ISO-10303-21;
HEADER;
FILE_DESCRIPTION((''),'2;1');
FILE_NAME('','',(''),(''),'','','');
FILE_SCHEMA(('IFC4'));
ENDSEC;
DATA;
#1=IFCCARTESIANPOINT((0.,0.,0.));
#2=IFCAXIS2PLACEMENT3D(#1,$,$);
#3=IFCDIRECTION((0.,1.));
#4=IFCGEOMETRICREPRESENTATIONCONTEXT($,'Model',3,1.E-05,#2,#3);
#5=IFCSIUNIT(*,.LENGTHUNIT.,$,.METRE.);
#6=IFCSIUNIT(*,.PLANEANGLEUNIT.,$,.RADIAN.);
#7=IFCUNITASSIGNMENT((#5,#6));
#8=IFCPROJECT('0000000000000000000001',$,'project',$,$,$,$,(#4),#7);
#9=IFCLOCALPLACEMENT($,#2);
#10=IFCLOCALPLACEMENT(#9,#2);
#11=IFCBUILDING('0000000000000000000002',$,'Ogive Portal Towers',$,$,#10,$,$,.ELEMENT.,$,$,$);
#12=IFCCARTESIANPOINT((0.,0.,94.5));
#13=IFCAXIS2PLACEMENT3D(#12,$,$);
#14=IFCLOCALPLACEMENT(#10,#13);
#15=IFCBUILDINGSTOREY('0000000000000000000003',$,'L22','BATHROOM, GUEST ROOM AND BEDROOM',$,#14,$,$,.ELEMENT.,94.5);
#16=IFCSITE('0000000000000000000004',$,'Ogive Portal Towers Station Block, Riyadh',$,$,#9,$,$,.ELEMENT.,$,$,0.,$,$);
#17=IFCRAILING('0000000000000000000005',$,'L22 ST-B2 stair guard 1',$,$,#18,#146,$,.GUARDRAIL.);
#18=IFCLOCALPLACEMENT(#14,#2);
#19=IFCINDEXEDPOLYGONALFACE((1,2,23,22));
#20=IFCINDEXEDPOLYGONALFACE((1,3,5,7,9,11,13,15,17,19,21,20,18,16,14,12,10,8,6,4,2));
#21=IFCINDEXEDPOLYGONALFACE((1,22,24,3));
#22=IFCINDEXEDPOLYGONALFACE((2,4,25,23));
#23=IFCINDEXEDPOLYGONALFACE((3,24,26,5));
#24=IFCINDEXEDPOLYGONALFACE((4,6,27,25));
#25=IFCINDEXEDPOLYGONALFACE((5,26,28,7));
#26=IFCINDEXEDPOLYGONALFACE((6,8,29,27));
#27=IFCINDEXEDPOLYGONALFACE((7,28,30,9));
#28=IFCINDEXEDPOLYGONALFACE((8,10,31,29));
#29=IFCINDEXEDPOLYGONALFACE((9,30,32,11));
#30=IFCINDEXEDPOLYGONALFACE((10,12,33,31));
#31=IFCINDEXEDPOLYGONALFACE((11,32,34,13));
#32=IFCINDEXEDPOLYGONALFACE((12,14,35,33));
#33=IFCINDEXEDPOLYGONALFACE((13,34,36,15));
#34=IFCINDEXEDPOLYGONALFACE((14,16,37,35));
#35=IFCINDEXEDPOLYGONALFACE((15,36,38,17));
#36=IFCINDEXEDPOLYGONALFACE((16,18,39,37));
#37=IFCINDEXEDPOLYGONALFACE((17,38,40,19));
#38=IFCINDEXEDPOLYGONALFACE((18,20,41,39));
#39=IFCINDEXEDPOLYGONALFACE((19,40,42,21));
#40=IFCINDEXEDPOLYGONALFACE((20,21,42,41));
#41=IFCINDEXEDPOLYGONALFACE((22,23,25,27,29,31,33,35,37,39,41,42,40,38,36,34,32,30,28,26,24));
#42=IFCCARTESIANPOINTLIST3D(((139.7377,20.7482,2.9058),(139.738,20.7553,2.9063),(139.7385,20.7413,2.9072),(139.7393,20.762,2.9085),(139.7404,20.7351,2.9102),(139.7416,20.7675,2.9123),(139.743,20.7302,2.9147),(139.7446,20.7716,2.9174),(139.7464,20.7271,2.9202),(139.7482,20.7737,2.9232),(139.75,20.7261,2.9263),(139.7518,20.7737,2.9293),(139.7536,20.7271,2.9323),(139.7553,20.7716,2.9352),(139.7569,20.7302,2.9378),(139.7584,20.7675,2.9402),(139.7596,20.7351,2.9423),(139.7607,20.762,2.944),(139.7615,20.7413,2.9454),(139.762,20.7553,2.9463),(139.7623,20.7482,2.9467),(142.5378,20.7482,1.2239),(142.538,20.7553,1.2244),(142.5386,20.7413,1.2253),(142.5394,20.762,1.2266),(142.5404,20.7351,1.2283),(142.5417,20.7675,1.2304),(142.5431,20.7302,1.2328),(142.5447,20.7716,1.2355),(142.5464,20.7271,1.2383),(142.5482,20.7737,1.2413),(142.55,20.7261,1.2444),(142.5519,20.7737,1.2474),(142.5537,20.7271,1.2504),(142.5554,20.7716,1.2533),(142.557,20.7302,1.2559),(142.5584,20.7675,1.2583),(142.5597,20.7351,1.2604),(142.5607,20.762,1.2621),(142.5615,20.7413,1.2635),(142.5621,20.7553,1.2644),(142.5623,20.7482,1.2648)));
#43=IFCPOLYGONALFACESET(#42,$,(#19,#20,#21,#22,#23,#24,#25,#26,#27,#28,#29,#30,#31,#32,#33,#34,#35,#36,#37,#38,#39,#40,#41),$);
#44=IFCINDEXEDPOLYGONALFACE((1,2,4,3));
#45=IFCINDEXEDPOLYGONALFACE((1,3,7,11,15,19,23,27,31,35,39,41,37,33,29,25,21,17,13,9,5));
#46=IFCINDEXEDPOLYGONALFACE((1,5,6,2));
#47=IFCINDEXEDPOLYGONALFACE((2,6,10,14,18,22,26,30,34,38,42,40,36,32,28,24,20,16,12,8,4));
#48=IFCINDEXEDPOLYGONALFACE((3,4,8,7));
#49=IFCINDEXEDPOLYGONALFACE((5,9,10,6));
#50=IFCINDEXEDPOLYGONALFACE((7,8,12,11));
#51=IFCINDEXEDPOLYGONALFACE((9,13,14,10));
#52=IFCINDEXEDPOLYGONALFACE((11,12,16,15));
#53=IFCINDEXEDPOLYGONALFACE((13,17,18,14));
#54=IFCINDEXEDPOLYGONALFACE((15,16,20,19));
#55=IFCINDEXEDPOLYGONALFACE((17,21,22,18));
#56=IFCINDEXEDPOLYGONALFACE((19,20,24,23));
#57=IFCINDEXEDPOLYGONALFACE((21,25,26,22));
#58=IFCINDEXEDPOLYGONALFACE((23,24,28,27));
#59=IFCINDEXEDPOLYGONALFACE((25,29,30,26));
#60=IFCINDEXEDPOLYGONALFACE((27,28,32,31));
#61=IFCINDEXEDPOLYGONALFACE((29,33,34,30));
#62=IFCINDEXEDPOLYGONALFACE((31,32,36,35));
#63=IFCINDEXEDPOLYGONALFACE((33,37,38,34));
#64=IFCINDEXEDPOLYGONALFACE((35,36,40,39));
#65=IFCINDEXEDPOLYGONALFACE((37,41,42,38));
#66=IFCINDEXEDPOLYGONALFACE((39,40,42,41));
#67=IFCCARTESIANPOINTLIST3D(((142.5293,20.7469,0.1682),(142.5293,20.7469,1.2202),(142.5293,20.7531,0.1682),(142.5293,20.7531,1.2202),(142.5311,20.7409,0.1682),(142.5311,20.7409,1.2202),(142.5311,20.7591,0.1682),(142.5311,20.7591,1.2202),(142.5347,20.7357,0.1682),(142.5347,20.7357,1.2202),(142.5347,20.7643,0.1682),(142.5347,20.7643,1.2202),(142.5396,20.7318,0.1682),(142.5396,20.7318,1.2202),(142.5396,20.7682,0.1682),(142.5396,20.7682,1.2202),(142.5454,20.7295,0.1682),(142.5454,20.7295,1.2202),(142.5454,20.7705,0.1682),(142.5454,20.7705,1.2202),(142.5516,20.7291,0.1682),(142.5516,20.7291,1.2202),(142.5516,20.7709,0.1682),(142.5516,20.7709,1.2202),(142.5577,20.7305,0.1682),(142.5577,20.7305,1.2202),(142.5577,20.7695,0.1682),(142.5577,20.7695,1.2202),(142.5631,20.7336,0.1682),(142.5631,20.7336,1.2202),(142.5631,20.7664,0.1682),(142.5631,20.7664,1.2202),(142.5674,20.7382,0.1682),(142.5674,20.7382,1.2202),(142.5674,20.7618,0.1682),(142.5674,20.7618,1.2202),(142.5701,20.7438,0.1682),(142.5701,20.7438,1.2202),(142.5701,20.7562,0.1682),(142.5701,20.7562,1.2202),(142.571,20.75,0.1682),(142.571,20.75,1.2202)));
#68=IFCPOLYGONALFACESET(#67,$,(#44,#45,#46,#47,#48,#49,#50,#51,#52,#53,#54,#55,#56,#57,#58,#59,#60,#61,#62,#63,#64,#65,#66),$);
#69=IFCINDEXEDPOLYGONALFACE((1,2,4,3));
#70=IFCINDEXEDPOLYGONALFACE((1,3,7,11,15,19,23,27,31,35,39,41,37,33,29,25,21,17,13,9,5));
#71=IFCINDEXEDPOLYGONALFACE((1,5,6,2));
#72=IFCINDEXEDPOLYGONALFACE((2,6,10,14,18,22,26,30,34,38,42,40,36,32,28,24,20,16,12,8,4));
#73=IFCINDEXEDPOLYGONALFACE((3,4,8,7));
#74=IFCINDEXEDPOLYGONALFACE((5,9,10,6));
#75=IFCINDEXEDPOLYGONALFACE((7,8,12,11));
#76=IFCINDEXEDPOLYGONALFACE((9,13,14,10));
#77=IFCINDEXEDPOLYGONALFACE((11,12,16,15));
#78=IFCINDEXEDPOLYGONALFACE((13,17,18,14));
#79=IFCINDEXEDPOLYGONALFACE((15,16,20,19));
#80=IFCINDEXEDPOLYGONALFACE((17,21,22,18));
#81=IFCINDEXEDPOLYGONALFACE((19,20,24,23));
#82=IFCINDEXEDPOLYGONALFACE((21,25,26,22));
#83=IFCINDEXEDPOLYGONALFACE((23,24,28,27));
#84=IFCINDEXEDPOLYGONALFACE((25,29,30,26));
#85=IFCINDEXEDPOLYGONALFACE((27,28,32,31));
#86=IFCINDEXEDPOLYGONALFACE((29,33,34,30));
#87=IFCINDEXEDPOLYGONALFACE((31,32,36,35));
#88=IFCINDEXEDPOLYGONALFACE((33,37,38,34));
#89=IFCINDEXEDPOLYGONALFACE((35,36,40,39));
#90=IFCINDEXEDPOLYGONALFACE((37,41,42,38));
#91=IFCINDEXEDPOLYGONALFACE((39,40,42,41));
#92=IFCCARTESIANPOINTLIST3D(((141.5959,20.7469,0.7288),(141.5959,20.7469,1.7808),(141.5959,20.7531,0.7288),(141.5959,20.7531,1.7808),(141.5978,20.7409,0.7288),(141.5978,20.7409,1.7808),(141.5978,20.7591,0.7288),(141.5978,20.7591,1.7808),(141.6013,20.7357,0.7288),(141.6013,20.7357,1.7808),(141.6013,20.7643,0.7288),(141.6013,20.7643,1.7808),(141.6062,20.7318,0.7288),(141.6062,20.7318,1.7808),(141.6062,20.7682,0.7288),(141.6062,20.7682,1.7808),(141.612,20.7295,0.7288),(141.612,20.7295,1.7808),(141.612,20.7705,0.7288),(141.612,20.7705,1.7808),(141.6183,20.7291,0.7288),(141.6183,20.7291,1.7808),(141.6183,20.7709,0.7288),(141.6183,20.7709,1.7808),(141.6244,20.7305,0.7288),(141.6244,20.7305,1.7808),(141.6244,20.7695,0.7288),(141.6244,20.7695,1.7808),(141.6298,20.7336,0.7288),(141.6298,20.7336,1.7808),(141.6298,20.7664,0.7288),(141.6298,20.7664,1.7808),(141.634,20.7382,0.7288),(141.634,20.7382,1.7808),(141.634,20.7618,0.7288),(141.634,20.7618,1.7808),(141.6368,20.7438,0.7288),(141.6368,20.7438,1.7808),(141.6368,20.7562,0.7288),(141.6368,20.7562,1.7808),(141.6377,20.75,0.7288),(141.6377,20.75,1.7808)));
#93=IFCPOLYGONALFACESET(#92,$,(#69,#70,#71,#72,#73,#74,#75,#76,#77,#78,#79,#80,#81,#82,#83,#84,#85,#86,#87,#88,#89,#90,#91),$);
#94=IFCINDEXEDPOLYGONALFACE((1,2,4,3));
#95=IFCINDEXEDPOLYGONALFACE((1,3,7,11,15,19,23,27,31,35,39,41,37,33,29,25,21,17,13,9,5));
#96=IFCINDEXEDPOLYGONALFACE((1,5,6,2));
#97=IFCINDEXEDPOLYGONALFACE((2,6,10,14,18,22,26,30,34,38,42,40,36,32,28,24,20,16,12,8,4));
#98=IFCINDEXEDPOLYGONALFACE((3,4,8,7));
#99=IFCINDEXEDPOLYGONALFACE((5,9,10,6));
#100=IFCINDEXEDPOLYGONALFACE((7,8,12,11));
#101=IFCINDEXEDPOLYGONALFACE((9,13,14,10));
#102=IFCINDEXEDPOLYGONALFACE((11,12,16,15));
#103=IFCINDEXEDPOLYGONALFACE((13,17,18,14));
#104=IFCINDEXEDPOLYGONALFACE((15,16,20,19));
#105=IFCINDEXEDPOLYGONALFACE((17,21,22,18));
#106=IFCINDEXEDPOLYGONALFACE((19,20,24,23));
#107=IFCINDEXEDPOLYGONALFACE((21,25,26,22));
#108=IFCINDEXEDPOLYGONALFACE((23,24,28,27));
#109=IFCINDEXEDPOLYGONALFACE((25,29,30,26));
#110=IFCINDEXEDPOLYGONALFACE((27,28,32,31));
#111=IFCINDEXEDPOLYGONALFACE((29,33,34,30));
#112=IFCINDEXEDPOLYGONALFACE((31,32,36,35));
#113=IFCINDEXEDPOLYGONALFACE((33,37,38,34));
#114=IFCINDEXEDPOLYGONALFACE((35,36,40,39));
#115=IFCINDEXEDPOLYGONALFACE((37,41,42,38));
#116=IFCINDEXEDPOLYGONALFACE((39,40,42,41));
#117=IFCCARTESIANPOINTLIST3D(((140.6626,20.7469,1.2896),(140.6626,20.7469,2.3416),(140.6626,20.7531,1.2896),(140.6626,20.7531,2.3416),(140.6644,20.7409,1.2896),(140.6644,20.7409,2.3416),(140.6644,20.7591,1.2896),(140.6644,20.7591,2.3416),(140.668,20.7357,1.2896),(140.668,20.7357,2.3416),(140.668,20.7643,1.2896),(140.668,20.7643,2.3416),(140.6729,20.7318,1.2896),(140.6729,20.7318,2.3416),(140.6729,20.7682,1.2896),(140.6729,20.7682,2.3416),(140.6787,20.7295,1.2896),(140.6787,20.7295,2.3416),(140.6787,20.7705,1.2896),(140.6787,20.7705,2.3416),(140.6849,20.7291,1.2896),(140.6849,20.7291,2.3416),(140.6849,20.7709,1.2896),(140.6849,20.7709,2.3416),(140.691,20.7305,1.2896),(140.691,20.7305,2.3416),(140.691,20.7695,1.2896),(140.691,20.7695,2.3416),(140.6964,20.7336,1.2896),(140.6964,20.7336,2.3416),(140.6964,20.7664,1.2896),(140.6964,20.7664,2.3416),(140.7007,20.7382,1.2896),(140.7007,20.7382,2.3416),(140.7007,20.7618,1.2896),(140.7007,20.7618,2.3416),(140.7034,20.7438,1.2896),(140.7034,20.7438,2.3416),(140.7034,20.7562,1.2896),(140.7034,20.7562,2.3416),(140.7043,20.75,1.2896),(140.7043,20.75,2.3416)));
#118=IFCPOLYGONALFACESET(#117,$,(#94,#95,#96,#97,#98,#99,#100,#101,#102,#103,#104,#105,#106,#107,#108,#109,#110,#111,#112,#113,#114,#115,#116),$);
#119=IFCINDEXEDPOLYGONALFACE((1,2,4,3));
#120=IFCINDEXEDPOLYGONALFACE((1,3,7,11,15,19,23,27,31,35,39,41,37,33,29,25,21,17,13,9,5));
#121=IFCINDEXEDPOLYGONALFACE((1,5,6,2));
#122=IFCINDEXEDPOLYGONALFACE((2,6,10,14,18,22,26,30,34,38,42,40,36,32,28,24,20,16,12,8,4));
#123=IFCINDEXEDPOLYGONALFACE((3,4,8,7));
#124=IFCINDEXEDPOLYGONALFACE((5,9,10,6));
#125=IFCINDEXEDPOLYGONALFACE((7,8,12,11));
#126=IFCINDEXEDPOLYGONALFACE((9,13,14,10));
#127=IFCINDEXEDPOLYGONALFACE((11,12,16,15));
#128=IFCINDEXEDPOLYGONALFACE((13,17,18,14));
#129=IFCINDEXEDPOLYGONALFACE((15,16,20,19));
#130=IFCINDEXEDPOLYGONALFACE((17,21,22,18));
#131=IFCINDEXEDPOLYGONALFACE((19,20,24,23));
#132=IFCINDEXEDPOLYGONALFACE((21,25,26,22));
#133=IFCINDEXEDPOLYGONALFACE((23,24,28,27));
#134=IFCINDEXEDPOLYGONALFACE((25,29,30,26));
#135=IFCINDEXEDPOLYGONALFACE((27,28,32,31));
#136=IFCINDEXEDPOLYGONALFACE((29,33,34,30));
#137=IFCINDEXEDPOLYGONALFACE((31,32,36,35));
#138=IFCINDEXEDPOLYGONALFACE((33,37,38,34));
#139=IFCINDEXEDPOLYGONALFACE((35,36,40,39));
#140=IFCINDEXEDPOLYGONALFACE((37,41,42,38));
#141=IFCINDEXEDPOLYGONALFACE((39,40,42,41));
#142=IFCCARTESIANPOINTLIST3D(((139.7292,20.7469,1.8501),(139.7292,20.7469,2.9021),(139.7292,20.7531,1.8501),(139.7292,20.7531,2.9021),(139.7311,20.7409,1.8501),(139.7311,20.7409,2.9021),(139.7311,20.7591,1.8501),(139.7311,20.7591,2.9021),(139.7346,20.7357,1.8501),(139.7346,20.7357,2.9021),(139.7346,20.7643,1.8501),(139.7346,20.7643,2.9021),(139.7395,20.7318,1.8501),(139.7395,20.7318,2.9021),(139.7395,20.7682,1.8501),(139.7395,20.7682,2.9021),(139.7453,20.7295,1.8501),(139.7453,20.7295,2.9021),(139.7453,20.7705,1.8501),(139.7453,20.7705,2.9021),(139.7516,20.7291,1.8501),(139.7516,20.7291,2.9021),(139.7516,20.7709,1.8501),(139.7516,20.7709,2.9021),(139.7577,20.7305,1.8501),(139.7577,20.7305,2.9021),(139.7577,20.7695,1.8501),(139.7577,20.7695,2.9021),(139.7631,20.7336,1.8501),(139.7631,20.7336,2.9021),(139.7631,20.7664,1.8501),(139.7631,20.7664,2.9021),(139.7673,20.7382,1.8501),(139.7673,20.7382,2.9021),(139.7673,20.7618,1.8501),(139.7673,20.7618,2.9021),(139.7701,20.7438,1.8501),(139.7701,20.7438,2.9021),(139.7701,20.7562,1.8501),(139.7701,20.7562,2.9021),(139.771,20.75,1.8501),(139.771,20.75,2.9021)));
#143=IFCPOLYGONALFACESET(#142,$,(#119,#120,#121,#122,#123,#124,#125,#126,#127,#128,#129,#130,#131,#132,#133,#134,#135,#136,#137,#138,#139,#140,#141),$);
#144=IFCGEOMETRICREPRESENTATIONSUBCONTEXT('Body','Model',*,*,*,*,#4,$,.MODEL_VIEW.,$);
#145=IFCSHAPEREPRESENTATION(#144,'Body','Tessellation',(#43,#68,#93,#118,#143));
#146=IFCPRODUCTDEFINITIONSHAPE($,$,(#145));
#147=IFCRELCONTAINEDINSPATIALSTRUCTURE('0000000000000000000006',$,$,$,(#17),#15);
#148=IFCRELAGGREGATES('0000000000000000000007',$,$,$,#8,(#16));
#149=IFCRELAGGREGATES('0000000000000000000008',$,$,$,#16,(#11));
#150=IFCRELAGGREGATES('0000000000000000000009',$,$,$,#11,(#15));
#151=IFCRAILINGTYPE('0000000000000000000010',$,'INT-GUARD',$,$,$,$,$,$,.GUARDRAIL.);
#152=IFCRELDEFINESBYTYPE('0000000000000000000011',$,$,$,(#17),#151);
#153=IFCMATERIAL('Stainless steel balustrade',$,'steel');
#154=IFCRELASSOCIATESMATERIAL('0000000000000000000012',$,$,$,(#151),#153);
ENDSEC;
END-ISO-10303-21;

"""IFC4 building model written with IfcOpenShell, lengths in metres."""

from ifc_helpers import new_model, si_unit, direction, frame, origin, origin_2d, place, context, subcontext, project, spatial, circle, extrude, material, type_object, element, save


model = new_model("IFC4")

# Units and contexts
model_context = context("Model", 3, precision=1e-05, world=origin(), true_north=direction((0.0, 1.0)))
body_context = subcontext(model_context, "Body", "Model", "MODEL_VIEW")
ifc_project = project(units=[si_unit("LENGTHUNIT", "METRE"), si_unit("PLANEANGLEUNIT", "RADIAN")], contexts=[model_context])

# Site, building, storey
site_placement = place(None, origin())
site = spatial("IfcSite", under=ifc_project, at=site_placement, Name="Ogive Portal Towers Station Block, Riyadh", CompositionType="ELEMENT", RefElevation=0.0)
building_placement = place(site_placement, origin())
building = spatial("IfcBuilding", under=site, at=building_placement, Name="Ogive Portal Towers", CompositionType="ELEMENT")
storey_placement = place(building_placement, frame((0.0, 0.0, 94.5)))
storey = spatial("IfcBuildingStorey", under=building, at=storey_placement, Name="L22", Description="BATHROOM, GUEST ROOM AND BEDROOM", CompositionType="ELEMENT", Elevation=94.5)

# Railing
ifc_material_1 = material(Name="Stainless steel balustrade", Category="steel")
railing_type_1 = type_object("IfcRailingType", Name="INT-GUARD", PredefinedType="GUARDRAIL", material=ifc_material_1)
railing_1_placement = place(storey_placement, frame((142.55, 20.75, 0.1682)))
element("IfcRailing", 1, at=railing_1_placement, inside=storey, type_object=railing_type_1, Name="L22 ST-B2 stair guard 1", PredefinedType="GUARDRAIL", context=body_context, shape_type="SweptSolid", body=[
    extrude(circle(Radius=0.0239, at=origin_2d()), frame((0.0, 0.0, 1.0762), z_axis=(-0.857242, 0.0, 0.514913), x_axis=(0.0, -1.0, 0.0)), (0.0, 0.0, 1.0), 3.2664),
    extrude(circle(Radius=0.021, at=origin_2d()), origin(), (0.0, 0.0, 1.0), 1.052),
    extrude(circle(Radius=0.021, at=origin_2d()), frame((-0.9333, 0.0, 0.5605)), (0.0, 0.0, 1.0), 1.052),
    extrude(circle(Radius=0.021, at=origin_2d()), frame((-1.8667, 0.0, 1.1213)), (0.0, 0.0, 1.0), 1.052),
    extrude(circle(Radius=0.021, at=origin_2d()), frame((-2.8, 0.0, 1.6819)), (0.0, 0.0, 1.0), 1.052),
])

save(model, "model.ifc")
